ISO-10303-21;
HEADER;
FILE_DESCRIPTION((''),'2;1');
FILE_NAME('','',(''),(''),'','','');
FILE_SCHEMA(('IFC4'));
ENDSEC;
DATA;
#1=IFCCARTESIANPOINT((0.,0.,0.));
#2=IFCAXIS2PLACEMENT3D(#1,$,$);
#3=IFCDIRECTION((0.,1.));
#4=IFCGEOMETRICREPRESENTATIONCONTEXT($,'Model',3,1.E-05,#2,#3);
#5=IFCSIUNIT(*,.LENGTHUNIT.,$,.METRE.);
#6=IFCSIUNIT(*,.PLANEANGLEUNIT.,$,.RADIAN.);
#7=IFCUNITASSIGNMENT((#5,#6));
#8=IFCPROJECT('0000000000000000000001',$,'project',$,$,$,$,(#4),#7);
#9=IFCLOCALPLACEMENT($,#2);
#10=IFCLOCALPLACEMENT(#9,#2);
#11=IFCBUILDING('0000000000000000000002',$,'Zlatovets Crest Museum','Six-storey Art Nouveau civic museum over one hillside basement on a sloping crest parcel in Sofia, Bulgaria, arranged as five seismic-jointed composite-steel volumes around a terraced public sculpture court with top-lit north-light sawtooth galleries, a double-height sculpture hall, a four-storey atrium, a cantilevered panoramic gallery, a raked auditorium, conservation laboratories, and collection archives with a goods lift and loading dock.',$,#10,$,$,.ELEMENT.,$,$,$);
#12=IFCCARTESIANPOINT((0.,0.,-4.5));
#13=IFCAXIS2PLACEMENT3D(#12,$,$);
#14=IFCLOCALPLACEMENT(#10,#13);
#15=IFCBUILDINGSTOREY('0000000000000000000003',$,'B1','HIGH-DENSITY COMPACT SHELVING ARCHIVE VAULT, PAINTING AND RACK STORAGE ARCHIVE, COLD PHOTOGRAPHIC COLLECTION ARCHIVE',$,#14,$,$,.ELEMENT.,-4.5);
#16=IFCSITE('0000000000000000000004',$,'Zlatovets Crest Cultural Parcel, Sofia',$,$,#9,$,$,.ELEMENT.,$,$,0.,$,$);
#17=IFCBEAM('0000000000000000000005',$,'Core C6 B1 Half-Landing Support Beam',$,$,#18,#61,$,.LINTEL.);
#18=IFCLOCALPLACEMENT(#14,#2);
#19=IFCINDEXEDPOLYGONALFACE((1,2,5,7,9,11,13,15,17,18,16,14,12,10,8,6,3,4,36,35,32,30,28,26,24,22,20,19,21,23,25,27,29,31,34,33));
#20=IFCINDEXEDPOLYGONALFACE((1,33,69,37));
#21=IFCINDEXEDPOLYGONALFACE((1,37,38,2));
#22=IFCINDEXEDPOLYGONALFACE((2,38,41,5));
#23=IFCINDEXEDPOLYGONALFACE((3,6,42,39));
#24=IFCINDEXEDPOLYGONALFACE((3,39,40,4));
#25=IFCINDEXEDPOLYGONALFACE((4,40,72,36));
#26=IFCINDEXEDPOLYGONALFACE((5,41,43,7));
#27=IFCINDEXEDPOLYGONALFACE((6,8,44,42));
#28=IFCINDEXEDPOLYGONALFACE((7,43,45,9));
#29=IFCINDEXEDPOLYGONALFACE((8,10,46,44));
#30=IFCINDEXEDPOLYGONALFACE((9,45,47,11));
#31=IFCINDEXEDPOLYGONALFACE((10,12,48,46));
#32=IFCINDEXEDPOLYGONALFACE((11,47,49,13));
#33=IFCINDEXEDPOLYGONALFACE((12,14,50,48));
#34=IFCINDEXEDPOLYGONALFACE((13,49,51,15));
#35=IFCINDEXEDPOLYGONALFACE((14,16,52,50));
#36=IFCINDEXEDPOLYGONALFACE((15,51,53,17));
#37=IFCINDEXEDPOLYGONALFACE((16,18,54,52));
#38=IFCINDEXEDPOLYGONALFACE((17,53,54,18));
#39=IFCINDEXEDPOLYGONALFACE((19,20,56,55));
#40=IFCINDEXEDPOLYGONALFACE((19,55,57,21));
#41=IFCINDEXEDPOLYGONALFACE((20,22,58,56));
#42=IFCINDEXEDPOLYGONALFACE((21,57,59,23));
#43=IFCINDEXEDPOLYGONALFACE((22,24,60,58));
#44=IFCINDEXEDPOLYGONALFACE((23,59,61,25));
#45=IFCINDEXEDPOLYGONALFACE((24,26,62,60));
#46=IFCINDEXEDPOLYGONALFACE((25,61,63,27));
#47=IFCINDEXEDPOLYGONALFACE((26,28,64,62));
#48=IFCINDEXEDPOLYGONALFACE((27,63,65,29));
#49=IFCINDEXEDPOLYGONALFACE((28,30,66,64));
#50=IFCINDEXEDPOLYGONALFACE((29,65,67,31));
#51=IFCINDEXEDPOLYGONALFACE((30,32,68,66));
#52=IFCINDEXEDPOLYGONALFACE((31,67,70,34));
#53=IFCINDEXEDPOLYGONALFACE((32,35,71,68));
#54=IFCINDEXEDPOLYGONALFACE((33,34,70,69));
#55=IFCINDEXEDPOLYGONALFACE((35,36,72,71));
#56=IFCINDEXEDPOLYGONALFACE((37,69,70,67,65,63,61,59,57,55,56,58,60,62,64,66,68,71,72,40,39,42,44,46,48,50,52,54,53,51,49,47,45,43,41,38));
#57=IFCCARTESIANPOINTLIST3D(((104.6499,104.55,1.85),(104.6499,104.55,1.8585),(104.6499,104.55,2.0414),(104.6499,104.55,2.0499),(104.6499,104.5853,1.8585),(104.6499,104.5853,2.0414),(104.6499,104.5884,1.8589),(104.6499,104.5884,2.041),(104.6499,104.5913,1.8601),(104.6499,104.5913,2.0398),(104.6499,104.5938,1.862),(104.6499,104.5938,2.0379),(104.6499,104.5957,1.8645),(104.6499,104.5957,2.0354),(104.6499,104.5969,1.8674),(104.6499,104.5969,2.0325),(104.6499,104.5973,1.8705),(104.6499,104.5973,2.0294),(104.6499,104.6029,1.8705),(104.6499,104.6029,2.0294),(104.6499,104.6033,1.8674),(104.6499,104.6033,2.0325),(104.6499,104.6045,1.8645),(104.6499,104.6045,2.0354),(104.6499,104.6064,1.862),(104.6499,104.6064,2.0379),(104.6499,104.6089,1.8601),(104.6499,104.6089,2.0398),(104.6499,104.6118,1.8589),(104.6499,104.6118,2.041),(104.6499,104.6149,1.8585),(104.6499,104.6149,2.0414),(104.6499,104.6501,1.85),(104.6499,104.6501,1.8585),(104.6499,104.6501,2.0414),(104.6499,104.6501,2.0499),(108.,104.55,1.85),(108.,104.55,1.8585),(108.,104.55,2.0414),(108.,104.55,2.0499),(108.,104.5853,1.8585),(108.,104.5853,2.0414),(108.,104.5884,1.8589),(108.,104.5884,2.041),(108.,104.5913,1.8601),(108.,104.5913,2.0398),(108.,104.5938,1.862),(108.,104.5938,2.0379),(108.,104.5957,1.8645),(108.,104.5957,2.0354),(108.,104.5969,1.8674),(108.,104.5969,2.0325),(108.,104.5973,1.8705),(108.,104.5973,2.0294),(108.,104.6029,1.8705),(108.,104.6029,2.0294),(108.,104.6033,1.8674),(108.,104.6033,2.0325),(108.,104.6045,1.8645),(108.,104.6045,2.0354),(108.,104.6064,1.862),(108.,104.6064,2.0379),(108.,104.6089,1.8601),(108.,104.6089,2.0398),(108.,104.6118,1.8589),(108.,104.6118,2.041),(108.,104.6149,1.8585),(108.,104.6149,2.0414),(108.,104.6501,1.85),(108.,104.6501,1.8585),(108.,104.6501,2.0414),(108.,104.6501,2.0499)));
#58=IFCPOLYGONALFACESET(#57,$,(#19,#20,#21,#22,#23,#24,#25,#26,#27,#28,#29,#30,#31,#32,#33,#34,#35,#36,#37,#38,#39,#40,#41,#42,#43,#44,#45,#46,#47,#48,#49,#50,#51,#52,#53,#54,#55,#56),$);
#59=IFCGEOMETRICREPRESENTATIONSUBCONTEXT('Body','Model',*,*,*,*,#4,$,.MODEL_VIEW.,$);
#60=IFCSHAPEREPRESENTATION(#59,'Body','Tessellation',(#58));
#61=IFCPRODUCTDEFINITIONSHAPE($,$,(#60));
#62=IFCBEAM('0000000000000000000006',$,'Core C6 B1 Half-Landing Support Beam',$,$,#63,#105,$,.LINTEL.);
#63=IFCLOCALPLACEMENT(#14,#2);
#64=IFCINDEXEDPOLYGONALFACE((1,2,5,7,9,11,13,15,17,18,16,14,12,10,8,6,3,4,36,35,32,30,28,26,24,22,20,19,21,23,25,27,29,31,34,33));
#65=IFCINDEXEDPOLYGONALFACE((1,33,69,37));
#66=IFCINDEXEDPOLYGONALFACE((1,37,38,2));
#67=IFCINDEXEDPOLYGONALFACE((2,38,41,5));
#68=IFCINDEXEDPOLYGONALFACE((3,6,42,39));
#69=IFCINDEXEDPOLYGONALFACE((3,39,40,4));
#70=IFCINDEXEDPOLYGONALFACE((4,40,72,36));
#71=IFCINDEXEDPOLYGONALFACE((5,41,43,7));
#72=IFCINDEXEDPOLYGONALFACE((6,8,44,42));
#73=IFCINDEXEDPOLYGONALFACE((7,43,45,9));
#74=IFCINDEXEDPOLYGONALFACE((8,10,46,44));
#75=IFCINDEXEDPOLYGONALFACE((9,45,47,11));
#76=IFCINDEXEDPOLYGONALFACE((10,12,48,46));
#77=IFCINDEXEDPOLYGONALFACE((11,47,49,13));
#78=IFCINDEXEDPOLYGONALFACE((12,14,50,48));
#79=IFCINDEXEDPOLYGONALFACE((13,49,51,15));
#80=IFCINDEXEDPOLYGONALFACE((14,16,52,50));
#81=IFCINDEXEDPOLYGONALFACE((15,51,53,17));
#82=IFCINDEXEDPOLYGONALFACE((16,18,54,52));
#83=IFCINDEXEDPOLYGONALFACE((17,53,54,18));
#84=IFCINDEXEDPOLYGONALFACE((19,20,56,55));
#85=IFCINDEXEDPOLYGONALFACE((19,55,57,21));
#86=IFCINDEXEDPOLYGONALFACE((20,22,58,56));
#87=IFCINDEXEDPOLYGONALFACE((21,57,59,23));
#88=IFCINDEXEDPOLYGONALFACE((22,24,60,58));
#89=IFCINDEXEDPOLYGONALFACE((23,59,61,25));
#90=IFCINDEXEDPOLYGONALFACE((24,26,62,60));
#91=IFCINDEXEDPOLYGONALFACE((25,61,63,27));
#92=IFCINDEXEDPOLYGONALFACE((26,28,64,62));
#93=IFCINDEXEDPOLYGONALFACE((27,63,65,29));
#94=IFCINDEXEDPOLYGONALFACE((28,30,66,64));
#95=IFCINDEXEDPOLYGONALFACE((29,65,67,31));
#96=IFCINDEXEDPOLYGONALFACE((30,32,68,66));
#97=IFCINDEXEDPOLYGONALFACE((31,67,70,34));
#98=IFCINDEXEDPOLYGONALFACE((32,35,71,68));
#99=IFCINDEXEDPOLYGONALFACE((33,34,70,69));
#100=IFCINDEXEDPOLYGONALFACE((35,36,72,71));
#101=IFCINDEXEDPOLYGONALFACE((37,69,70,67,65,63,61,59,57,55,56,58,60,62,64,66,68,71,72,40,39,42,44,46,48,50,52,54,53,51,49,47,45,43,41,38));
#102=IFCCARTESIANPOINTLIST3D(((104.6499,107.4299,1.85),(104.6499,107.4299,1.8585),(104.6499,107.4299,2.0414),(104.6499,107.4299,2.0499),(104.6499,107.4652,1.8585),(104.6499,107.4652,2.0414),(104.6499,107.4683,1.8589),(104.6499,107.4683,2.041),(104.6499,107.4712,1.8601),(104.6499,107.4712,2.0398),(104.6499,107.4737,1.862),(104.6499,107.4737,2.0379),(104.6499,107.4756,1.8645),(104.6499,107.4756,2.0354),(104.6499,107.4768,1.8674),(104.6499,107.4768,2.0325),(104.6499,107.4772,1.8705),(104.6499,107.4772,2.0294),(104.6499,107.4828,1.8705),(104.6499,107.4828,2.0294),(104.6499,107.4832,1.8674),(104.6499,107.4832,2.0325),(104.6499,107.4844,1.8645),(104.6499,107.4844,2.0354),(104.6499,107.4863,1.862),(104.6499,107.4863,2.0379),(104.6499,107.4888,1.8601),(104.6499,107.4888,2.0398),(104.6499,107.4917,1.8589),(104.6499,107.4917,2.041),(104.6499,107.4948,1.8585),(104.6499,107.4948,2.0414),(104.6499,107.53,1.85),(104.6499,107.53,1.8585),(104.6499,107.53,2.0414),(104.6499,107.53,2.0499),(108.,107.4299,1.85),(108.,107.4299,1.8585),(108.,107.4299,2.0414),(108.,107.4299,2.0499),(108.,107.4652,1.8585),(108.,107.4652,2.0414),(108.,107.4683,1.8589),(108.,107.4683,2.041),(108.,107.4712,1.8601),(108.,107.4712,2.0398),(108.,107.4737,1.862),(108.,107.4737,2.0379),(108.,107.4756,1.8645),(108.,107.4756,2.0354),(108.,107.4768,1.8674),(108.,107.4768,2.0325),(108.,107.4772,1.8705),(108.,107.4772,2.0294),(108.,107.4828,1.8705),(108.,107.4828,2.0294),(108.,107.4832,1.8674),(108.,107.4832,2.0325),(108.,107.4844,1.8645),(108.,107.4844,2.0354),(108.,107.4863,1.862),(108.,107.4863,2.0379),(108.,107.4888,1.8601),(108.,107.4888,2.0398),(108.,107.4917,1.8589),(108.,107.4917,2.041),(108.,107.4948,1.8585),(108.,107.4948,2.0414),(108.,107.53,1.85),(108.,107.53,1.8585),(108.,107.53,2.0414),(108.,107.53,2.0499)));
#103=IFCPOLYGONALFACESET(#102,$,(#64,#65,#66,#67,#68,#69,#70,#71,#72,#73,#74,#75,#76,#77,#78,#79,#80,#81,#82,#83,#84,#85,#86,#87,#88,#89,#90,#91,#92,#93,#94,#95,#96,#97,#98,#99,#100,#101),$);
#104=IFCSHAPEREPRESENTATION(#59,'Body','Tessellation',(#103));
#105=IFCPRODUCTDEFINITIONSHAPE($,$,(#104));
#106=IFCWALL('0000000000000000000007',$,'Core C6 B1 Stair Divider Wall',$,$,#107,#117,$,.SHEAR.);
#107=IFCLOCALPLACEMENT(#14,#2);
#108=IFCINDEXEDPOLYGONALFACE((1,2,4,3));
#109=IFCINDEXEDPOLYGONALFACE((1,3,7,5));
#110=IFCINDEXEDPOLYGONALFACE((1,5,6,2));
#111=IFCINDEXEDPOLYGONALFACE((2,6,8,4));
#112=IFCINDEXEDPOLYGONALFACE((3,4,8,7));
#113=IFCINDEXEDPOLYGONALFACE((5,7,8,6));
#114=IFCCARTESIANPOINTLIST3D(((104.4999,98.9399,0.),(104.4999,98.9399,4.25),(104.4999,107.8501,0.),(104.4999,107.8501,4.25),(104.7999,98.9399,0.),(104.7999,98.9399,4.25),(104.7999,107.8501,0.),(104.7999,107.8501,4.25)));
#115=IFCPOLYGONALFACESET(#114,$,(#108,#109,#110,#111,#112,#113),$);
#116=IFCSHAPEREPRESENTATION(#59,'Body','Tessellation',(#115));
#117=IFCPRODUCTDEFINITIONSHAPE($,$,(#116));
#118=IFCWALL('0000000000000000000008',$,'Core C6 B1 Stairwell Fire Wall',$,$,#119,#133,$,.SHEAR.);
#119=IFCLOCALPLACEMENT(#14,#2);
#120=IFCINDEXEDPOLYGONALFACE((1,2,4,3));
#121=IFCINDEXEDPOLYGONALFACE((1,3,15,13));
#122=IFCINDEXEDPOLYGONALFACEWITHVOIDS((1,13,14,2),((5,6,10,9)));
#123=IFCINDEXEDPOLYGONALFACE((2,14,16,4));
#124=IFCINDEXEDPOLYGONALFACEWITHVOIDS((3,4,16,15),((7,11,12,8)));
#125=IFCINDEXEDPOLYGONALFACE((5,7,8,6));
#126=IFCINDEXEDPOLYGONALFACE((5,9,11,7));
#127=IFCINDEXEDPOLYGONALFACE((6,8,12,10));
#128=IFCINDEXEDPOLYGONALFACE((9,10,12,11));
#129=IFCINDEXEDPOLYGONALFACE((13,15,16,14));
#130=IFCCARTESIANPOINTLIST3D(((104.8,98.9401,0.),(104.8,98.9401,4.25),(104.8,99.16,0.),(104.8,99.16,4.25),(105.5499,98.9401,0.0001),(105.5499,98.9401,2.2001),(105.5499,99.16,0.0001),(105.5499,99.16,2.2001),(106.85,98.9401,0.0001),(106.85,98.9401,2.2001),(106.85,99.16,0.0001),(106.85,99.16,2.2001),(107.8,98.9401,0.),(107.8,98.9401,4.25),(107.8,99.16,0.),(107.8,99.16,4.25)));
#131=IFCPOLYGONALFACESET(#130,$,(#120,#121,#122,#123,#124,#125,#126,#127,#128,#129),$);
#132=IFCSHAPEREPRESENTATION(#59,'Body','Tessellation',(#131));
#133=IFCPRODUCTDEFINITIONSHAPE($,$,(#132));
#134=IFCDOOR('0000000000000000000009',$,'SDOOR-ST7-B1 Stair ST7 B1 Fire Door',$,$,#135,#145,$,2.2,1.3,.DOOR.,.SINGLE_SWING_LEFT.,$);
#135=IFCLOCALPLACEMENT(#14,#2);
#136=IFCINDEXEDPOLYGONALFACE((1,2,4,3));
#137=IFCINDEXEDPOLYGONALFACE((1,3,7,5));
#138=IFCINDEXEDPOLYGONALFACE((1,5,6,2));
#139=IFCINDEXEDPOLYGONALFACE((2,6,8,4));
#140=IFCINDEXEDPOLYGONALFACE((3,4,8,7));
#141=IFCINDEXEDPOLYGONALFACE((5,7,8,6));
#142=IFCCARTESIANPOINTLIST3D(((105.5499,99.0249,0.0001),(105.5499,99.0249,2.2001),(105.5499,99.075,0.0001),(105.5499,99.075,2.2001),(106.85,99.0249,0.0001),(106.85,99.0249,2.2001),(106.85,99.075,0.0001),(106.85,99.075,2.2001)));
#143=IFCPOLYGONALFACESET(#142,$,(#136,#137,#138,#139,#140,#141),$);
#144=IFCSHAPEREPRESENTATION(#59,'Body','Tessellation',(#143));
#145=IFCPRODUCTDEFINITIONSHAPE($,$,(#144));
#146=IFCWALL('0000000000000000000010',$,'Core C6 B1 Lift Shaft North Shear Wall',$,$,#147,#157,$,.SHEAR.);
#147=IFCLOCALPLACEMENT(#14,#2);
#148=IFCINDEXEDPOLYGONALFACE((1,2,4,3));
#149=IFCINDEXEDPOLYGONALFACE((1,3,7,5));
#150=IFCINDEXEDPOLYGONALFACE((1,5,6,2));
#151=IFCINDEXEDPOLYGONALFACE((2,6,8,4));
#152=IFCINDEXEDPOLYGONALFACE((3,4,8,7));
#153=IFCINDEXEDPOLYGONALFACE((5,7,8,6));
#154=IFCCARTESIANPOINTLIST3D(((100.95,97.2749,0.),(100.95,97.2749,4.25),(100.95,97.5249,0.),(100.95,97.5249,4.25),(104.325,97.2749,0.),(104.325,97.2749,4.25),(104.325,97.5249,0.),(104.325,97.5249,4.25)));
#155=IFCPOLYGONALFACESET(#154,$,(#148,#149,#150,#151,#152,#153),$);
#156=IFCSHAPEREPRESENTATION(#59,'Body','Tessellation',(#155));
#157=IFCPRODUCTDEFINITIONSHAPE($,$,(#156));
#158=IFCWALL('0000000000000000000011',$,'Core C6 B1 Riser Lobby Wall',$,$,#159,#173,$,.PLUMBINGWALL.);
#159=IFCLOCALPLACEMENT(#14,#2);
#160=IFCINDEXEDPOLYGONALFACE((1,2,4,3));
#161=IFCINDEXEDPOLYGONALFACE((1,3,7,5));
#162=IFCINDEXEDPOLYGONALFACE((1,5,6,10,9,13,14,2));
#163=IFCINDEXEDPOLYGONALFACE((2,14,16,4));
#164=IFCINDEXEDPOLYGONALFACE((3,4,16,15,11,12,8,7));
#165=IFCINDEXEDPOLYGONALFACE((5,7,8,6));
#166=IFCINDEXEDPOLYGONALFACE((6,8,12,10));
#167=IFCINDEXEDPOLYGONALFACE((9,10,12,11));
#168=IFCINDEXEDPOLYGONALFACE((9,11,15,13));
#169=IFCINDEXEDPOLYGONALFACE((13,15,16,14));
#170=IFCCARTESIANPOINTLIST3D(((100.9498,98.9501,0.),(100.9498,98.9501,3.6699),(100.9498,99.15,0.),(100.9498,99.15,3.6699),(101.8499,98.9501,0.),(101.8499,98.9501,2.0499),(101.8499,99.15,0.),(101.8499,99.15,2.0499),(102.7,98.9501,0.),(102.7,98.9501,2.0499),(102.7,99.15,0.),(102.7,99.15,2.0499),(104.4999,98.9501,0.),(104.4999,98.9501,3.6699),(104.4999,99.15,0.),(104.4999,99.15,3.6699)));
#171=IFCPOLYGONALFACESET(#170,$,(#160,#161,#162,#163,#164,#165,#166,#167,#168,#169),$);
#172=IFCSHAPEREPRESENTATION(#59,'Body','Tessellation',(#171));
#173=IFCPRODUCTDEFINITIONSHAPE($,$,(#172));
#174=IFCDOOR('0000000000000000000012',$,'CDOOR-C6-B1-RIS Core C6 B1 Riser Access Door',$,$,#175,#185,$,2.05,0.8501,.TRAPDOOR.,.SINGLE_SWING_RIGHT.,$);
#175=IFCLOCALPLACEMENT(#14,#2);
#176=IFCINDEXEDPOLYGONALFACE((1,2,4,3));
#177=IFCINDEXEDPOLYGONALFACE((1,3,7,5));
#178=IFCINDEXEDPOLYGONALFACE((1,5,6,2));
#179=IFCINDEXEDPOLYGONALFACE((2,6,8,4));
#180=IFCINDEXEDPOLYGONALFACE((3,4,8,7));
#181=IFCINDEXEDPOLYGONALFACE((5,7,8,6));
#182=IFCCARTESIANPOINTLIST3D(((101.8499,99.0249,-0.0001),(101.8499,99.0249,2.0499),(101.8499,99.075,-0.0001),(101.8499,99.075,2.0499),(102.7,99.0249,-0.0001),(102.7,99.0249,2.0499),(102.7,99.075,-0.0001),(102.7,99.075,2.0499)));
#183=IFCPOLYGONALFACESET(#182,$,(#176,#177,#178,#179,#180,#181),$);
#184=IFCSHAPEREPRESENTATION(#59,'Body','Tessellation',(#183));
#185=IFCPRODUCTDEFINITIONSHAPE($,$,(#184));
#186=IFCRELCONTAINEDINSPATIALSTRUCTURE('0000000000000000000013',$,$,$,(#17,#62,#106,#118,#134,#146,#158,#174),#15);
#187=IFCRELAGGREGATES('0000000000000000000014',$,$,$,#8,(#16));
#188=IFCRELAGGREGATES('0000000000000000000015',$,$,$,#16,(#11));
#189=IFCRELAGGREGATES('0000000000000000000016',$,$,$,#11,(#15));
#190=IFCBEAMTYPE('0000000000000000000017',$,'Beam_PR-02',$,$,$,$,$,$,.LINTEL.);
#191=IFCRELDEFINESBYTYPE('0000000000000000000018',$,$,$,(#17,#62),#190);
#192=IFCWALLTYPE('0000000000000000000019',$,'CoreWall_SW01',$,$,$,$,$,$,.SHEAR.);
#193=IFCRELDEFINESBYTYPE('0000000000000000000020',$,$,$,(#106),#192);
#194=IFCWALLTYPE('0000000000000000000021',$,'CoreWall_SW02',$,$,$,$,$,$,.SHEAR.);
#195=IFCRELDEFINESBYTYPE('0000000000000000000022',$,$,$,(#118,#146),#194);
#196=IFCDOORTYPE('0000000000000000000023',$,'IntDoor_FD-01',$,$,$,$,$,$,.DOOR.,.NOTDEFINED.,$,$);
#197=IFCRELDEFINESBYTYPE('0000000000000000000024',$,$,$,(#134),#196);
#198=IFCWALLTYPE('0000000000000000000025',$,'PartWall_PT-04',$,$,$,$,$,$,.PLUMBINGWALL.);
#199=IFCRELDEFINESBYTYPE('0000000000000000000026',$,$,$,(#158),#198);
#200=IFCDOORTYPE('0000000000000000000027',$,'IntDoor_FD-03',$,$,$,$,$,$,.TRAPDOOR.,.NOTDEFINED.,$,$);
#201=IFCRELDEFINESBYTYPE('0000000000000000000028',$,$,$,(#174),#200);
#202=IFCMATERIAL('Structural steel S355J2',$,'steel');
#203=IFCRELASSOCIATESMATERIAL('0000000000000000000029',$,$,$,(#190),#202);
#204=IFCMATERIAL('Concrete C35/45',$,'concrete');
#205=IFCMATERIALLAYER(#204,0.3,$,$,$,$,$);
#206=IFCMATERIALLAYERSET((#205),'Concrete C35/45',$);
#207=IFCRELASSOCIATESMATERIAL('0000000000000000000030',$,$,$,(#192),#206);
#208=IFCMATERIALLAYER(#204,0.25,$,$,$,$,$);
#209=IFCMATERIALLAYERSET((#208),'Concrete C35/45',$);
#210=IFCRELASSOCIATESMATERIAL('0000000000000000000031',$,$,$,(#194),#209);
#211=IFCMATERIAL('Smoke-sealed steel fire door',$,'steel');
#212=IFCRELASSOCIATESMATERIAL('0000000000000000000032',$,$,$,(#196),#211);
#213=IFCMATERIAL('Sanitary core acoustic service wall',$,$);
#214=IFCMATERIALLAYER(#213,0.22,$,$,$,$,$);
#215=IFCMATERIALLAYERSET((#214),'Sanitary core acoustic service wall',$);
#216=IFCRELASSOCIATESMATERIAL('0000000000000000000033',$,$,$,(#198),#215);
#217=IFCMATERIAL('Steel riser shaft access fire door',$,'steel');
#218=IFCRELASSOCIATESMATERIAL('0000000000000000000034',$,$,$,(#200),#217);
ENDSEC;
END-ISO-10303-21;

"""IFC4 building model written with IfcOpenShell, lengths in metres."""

from ifc_helpers import new_model, si_unit, direction, frame, frame_2d, origin, origin_2d, place, context, subcontext, project, spatial, rectangle, i_section, extrude, material, layer, layer_set, material_profile, profile_set, type_object, element, fill, save


model = new_model("IFC4")

# Units and contexts
model_context = context("Model", 3, precision=1e-05, world=origin(), true_north=direction((0.0, 1.0)))
body_context = subcontext(model_context, "Body", "Model", "MODEL_VIEW")
ifc_project = project(units=[si_unit("LENGTHUNIT", "METRE"), si_unit("PLANEANGLEUNIT", "RADIAN")], contexts=[model_context])

# Site, building, storey
site_placement = place(None, origin())
site = spatial("IfcSite", under=ifc_project, at=site_placement, Name="Zlatovets Crest Cultural Parcel, Sofia", CompositionType="ELEMENT", RefElevation=0.0)
building_placement = place(site_placement, origin())
building = spatial("IfcBuilding", under=site, at=building_placement, Name="Zlatovets Crest Museum", Description="Six-storey Art Nouveau civic museum over one hillside basement on a sloping crest parcel in Sofia, Bulgaria, arranged as five seismic-jointed composite-steel volumes around a terraced public sculpture court with top-lit north-light sawtooth galleries, a double-height sculpture hall, a four-storey atrium, a cantilevered panoramic gallery, a raked auditorium, conservation laboratories, and collection archives with a goods lift and loading dock.", CompositionType="ELEMENT")
storey_placement = place(building_placement, frame((0.0, 0.0, -4.5)))
storey = spatial("IfcBuildingStorey", under=building, at=storey_placement, Name="B1", Description="HIGH-DENSITY COMPACT SHELVING ARCHIVE VAULT, PAINTING AND RACK STORAGE ARCHIVE, COLD PHOTOGRAPHIC COLLECTION ARCHIVE", CompositionType="ELEMENT", Elevation=-4.5)

# Shared definitions
ifc_material_1 = material(Name="Concrete C35/45", Category="concrete")

# Beams
ifc_material_2 = material(Name="Structural steel S355J2", Category="steel")
ifc_material_profile_1 = material_profile(ifc_material_2, i_section(OverallWidth=0.1001, OverallDepth=0.2, WebThickness=0.0056, FlangeThickness=0.0085, FilletRadius=0.012, at=origin_2d()), Name="IPE 200")
ifc_profile_set_1 = profile_set([ifc_material_profile_1], Name="Structural steel S355J2")
beam_type = type_object("IfcBeamType", Name="Beam_PR-02", PredefinedType="LINTEL", material=ifc_profile_set_1)
for number, where, z_axis, x_axis, name in (
    (1, (104.6499, 104.6001, 1.95), (1.0, 0.0, 0.0), (0.0, 1.0, 0.0), "Core C6 B1 Half-Landing Support Beam"),
    (2, (104.6499, 107.48, 1.95), (1.0, 0.0, 0.0), (0.0, 1.0, 0.0), "Core C6 B1 Half-Landing Support Beam"),
):
    element("IfcBeam", number, at=place(storey_placement, frame(where, z_axis=z_axis, x_axis=x_axis)), inside=storey, type_object=beam_type, Name=name, PredefinedType="LINTEL", context=body_context, shape_type="SweptSolid", body=[
        extrude(i_section(OverallWidth=0.1001, OverallDepth=0.2, WebThickness=0.0056, FlangeThickness=0.0085, FilletRadius=0.012, at=origin_2d()), origin(), (0.0, 0.0, 1.0), 3.3501),
    ])

# Wall
ifc_layer_1 = layer(ifc_material_1, 0.3)
ifc_layer_set_1 = layer_set([ifc_layer_1], Name="Concrete C35/45")
wall_type_1 = type_object("IfcWallType", Name="CoreWall_SW01", PredefinedType="SHEAR", material=ifc_layer_set_1)
wall_1_placement = place(storey_placement, frame((104.6499, 98.9399, 0.0), z_axis=(0.0, 0.0, 1.0), x_axis=(0.0, 1.0, 0.0)))
element("IfcWall", 3, at=wall_1_placement, inside=storey, type_object=wall_type_1, Name="Core C6 B1 Stair Divider Wall", PredefinedType="SHEAR", context=body_context, shape_type="SweptSolid", body=[
    extrude(rectangle(XDim=8.9102, YDim=0.3, at=frame_2d((4.4551, 0.0))), origin(), (0.0, 0.0, 1.0), 4.25),
])

# Wall, opening, door
ifc_layer_2 = layer(ifc_material_1, 0.25)
ifc_layer_set_2 = layer_set([ifc_layer_2], Name="Concrete C35/45")
wall_type_2 = type_object("IfcWallType", Name="CoreWall_SW02", PredefinedType="SHEAR", material=ifc_layer_set_2)
wall_2_placement = place(storey_placement, frame((104.8, 99.05, 0.0), z_axis=(0.0, 0.0, 1.0), x_axis=(1.0, 0.0, 0.0)))
wall_2 = element("IfcWall", 4, at=wall_2_placement, inside=storey, type_object=wall_type_2, Name="Core C6 B1 Stairwell Fire Wall", PredefinedType="SHEAR", context=body_context, shape_type="SweptSolid", body=[
    extrude(rectangle(XDim=3.0, YDim=0.22, at=frame_2d((1.5, 0.0))), origin(), (0.0, 0.0, 1.0), 4.25),
])
opening_1_placement = place(wall_2_placement, frame((0.75, 0.0, 0.0)))
opening_1 = element("IfcOpeningElement", 5, at=opening_1_placement, cuts=wall_2, PredefinedType="OPENING", context=body_context, shape_type="SweptSolid", body=[
    extrude(rectangle(XDim=1.3, YDim=2.2, at=frame_2d((0.6499, 1.1001))), frame((0.0, 0.1201, 0.0), z_axis=(0.0, -1.0, 0.0), x_axis=(1.0, 0.0, 0.0)), (0.0, 0.0, 1.0), 0.24),
])
ifc_material_3 = material(Name="Smoke-sealed steel fire door", Category="steel")
door_type_1 = type_object("IfcDoorType", Name="IntDoor_FD-01", OperationType="NOTDEFINED", PredefinedType="DOOR", material=ifc_material_3)
door_1_placement = place(opening_1_placement, origin())
door_1 = element("IfcDoor", 6, at=door_1_placement, inside=storey, type_object=door_type_1, Name="SDOOR-ST7-B1 Stair ST7 B1 Fire Door", OperationType="SINGLE_SWING_LEFT", OverallHeight=2.2, OverallWidth=1.3, PredefinedType="DOOR", context=body_context, shape_type="SweptSolid", body=[
    extrude(rectangle(XDim=1.3, YDim=2.2, at=frame_2d((0.6499, 1.1001))), frame((0.0, 0.0249, 0.0), z_axis=(0.0, -1.0, 0.0), x_axis=(1.0, 0.0, 0.0)), (0.0, 0.0, 1.0), 0.05),
])
fill(opening_1, door_1)

# Wall
wall_3_placement = place(storey_placement, frame((100.95, 97.3999, 0.0), z_axis=(0.0, 0.0, 1.0), x_axis=(1.0, 0.0, 0.0)))
element("IfcWall", 7, at=wall_3_placement, inside=storey, type_object=wall_type_2, Name="Core C6 B1 Lift Shaft North Shear Wall", PredefinedType="SHEAR", context=body_context, shape_type="SweptSolid", body=[
    extrude(rectangle(XDim=3.375, YDim=0.25, at=frame_2d((1.6875, 0.0))), origin(), (0.0, 0.0, 1.0), 4.25),
])

# Wall, opening, door
ifc_material_4 = material(Name="Sanitary core acoustic service wall")
ifc_layer_3 = layer(ifc_material_4, 0.22)
ifc_layer_set_3 = layer_set([ifc_layer_3], Name="Sanitary core acoustic service wall")
wall_type_3 = type_object("IfcWallType", Name="PartWall_PT-04", PredefinedType="PLUMBINGWALL", material=ifc_layer_set_3)
wall_4_placement = place(storey_placement, frame((100.95, 99.05, 0.0), z_axis=(0.0, 0.0, 1.0), x_axis=(1.0, 0.0, 0.0)))
wall_4 = element("IfcWall", 8, at=wall_4_placement, inside=storey, type_object=wall_type_3, Name="Core C6 B1 Riser Lobby Wall", PredefinedType="PLUMBINGWALL", context=body_context, shape_type="SweptSolid", body=[
    extrude(rectangle(XDim=3.55, YDim=0.2, at=frame_2d((1.7749, 0.0))), origin(), (0.0, 0.0, 1.0), 3.6699),
])
opening_2_placement = place(wall_4_placement, frame((0.8999, 0.0, 0.0)))
opening_2 = element("IfcOpeningElement", 9, at=opening_2_placement, cuts=wall_4, PredefinedType="OPENING", context=body_context, shape_type="SweptSolid", body=[
    extrude(rectangle(XDim=0.8501, YDim=2.05, at=frame_2d((0.425, 1.0249))), frame((0.0, 0.1099, 0.0), z_axis=(0.0, -1.0, 0.0), x_axis=(1.0, 0.0, 0.0)), (0.0, 0.0, 1.0), 0.22),
])
ifc_material_5 = material(Name="Steel riser shaft access fire door", Category="steel")
door_type_2 = type_object("IfcDoorType", Name="IntDoor_FD-03", OperationType="NOTDEFINED", PredefinedType="TRAPDOOR", material=ifc_material_5)
door_2_placement = place(opening_2_placement, origin())
door_2 = element("IfcDoor", 10, at=door_2_placement, inside=storey, type_object=door_type_2, Name="CDOOR-C6-B1-RIS Core C6 B1 Riser Access Door", OperationType="SINGLE_SWING_RIGHT", OverallHeight=2.05, OverallWidth=0.8501, PredefinedType="TRAPDOOR", context=body_context, shape_type="SweptSolid", body=[
    extrude(rectangle(XDim=0.8501, YDim=2.05, at=frame_2d((0.425, 1.0249))), frame((0.0, 0.0249, 0.0), z_axis=(0.0, -1.0, 0.0), x_axis=(1.0, 0.0, 0.0)), (0.0, 0.0, 1.0), 0.05),
])
fill(opening_2, door_2)

save(model, "model.ifc")
